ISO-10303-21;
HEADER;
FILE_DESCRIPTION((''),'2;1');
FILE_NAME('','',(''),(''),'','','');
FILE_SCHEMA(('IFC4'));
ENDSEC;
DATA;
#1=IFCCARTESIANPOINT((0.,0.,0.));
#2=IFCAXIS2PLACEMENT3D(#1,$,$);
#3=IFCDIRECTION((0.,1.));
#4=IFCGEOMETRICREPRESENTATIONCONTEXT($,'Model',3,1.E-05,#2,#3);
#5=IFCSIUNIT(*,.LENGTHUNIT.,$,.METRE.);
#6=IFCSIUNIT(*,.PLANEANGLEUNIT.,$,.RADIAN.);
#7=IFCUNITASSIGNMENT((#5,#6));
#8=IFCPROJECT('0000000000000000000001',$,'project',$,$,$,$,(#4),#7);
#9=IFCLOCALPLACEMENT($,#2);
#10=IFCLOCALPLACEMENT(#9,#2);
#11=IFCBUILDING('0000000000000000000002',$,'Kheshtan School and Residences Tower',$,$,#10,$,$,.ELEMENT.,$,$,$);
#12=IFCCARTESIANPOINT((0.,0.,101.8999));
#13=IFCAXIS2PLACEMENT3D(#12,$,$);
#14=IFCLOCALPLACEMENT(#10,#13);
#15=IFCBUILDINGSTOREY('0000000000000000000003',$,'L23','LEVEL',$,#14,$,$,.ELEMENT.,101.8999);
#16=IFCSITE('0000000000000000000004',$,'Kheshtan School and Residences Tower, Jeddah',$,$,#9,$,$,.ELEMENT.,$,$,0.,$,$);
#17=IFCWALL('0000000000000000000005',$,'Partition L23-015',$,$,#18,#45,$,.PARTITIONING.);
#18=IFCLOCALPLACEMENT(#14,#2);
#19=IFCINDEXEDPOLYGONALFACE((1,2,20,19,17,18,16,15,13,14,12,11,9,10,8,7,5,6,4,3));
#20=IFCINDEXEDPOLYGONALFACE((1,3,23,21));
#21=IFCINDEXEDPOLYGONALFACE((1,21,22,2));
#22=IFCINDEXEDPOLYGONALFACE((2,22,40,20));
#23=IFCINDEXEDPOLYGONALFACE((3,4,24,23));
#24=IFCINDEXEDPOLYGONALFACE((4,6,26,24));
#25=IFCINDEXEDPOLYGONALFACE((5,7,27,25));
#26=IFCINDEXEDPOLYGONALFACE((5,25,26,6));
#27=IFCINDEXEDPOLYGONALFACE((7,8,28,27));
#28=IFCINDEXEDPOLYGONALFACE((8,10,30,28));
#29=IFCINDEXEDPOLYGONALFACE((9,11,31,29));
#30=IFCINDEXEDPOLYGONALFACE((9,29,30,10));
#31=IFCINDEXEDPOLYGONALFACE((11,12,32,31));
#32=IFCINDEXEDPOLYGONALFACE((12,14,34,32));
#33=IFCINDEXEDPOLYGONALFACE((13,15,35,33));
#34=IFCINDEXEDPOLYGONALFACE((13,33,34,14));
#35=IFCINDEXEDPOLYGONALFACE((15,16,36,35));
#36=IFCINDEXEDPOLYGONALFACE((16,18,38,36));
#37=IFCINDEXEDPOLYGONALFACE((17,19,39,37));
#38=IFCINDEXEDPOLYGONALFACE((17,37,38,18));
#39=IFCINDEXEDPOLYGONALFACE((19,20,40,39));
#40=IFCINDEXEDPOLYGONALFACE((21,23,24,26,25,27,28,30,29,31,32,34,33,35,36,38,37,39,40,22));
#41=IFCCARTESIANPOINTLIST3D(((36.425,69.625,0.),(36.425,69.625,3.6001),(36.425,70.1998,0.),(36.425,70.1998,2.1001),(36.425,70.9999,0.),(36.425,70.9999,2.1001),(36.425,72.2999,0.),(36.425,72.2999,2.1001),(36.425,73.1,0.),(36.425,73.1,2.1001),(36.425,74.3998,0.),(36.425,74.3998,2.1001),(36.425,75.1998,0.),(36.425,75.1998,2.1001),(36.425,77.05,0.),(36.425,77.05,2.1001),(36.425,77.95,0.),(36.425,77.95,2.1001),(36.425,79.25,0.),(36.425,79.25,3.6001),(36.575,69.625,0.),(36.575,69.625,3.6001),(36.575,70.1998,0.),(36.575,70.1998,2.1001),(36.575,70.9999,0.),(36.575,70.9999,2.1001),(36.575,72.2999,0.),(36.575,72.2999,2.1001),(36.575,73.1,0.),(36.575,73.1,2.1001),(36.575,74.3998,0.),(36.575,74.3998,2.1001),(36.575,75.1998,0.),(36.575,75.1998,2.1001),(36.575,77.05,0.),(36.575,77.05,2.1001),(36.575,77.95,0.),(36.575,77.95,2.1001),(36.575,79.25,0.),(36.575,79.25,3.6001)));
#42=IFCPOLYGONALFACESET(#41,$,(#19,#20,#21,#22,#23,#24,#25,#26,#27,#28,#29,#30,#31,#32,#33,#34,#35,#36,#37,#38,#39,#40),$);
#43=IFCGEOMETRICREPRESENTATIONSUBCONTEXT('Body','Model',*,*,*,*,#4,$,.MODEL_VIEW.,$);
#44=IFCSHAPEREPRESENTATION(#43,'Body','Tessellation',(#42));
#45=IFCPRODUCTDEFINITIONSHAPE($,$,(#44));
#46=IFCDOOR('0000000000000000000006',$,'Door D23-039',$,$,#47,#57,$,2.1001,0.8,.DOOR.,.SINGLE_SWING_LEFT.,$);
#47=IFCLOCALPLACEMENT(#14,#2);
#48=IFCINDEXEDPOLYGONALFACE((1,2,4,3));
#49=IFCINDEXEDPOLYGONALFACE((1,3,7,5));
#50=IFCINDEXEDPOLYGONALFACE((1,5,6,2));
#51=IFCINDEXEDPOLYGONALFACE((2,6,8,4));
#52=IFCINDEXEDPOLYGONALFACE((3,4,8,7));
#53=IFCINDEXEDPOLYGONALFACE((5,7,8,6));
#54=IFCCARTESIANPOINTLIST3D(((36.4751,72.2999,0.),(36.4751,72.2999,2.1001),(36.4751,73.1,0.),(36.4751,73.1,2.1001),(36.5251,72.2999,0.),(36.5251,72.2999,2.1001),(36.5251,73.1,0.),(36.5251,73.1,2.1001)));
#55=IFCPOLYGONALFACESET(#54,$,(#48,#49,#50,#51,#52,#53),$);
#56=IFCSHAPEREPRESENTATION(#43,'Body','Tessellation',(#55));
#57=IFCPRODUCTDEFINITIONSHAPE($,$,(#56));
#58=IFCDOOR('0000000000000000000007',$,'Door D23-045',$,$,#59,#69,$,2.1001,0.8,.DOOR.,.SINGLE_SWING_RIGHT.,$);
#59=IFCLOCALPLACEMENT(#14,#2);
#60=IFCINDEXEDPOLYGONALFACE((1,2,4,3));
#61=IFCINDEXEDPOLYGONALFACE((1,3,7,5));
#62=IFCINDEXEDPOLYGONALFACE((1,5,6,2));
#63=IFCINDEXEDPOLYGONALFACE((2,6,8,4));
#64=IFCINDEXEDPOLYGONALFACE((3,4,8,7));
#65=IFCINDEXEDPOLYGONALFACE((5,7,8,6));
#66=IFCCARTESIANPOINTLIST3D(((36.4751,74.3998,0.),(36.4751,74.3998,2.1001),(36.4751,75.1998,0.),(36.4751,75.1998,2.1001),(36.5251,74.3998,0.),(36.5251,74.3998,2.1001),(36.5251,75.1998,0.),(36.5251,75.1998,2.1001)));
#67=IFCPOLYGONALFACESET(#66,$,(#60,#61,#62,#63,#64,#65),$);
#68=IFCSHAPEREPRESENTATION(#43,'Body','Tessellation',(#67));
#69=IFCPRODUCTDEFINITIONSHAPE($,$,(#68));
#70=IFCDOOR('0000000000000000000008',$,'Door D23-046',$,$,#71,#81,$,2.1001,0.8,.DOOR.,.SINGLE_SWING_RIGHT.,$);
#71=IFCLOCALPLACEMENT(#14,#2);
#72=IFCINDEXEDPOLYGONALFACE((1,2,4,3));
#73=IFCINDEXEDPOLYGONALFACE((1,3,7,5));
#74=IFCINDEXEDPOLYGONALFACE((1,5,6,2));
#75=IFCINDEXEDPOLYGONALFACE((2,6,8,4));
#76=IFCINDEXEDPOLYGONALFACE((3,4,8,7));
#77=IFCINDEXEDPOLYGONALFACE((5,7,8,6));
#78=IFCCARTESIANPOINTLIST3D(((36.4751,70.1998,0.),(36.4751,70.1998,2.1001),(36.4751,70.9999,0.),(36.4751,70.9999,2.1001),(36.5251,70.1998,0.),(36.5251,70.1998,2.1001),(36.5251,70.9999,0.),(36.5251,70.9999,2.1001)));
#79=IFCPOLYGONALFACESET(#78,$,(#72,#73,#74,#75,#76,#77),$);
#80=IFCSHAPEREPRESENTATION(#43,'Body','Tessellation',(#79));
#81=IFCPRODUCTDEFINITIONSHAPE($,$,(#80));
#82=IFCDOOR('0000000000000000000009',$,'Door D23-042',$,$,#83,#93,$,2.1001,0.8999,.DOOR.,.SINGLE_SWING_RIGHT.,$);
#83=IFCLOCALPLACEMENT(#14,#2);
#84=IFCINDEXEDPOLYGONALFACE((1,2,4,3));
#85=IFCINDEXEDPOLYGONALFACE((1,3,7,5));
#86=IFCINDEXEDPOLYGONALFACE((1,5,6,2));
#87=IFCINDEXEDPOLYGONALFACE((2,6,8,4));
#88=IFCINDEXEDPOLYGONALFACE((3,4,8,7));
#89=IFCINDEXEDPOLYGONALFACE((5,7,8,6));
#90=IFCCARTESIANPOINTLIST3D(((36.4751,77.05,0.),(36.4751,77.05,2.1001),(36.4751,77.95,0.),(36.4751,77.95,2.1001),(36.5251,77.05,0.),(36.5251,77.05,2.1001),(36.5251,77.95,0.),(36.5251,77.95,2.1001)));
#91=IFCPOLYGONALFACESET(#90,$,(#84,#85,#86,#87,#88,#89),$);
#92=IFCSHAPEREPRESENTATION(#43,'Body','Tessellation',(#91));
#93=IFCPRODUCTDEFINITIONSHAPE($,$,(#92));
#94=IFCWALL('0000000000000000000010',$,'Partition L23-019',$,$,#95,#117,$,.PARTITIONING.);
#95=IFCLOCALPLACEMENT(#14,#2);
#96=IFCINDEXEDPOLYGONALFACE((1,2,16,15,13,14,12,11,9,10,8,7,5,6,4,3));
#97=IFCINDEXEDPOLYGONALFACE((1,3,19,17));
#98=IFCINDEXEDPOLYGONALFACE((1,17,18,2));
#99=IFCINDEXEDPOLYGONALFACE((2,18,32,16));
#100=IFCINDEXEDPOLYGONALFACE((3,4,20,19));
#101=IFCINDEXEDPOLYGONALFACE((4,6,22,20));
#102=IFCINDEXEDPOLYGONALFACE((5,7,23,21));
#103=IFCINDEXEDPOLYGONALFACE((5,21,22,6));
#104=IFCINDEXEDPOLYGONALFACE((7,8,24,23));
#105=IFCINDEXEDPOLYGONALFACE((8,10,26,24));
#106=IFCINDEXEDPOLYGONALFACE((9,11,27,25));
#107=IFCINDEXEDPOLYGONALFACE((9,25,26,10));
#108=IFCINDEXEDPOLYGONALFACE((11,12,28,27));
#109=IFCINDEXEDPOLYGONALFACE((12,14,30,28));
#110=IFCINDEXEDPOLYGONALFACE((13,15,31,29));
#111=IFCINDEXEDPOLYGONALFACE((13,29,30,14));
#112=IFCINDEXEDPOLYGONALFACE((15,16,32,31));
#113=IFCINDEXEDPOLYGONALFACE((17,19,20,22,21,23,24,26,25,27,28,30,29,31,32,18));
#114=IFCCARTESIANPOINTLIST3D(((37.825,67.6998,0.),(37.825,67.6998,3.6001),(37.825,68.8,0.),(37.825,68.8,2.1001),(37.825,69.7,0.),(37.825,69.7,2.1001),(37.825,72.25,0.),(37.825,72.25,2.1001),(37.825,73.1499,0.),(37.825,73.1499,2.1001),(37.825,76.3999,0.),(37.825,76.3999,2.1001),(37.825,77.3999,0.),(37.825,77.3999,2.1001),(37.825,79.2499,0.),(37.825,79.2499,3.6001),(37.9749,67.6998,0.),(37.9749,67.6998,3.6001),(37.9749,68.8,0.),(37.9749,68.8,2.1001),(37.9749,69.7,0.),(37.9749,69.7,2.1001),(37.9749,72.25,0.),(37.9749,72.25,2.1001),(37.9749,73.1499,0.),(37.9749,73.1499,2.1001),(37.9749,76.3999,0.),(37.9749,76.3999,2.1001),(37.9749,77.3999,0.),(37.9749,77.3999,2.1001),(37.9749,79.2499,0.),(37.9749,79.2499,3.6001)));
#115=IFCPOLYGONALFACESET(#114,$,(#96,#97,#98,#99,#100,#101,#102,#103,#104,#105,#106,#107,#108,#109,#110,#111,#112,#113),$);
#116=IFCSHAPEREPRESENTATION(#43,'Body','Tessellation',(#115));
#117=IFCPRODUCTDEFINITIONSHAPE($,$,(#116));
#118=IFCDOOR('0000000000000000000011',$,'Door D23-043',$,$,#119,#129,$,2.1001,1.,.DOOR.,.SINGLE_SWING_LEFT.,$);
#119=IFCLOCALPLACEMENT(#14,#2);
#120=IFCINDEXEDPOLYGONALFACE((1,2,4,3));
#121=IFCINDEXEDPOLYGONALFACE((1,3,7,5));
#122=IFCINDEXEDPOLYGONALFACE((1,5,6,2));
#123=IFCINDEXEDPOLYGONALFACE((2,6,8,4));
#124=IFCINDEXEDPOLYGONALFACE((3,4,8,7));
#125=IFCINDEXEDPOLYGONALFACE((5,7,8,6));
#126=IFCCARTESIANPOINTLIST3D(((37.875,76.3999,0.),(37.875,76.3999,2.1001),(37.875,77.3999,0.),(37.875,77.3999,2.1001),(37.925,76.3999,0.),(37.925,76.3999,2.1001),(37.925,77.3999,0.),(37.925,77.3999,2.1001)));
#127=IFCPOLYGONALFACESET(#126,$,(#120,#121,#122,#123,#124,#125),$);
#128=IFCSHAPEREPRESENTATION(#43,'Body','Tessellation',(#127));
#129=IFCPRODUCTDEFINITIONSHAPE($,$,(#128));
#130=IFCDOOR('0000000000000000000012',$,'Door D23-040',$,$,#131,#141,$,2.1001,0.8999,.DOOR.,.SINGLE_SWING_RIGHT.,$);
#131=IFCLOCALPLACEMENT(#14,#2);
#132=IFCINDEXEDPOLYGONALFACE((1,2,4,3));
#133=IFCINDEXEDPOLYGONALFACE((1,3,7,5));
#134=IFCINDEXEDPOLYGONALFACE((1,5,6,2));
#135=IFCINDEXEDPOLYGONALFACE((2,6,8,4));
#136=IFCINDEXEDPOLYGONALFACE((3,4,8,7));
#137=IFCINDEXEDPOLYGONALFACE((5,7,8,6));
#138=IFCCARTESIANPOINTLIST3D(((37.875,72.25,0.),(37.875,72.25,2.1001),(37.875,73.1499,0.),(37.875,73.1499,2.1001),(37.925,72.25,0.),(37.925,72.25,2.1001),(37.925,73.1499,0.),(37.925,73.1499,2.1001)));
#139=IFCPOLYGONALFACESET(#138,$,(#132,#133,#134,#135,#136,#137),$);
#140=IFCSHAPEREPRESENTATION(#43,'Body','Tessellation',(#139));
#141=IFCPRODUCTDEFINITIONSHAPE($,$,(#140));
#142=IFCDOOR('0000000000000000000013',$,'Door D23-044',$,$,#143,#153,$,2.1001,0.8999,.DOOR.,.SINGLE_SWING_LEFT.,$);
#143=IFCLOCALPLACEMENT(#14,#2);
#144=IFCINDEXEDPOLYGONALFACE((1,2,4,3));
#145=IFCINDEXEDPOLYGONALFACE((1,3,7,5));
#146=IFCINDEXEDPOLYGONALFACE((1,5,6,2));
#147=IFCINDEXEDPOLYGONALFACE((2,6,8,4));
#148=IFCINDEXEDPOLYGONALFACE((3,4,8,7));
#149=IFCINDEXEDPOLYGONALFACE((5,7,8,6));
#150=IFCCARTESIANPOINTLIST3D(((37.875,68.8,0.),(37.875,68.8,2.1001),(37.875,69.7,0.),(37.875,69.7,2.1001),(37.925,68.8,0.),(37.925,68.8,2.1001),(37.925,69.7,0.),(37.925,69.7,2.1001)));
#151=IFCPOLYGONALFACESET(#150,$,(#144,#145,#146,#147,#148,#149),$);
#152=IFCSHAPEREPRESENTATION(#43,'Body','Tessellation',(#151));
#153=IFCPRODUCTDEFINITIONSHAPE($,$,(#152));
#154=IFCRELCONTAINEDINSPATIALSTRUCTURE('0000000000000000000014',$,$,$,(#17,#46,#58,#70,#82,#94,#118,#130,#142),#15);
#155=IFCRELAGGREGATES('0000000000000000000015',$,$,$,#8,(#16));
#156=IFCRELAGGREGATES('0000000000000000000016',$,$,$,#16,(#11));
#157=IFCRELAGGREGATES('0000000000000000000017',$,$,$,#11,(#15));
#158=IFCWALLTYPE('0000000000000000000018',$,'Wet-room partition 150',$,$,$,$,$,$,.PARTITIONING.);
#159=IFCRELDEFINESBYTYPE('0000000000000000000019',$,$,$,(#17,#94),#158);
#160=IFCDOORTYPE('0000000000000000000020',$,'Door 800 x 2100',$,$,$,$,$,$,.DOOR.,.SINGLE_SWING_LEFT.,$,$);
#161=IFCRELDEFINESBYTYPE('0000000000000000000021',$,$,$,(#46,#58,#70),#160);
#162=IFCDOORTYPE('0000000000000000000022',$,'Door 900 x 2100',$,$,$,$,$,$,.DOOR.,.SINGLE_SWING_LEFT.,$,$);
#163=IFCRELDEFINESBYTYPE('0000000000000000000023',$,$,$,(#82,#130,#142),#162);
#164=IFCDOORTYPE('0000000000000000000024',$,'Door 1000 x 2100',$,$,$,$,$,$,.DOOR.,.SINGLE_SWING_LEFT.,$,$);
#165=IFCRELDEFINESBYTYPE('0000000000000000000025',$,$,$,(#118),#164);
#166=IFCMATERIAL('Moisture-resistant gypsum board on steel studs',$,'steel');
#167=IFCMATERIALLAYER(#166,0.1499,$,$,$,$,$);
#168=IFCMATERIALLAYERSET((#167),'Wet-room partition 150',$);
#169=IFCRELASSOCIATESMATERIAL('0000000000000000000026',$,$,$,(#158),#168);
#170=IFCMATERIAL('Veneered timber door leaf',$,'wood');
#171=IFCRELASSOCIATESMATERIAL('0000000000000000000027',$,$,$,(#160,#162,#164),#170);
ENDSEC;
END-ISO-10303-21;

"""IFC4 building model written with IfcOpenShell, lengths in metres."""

from ifc_helpers import new_model, si_unit, direction, frame, frame_2d, origin, place, context, subcontext, project, spatial, rectangle, extrude, source, transform, mapped, material, layer, layer_set, type_object, element, fill, save


model = new_model("IFC4")

# Units and contexts
model_context = context("Model", 3, precision=1e-05, world=origin(), true_north=direction((0.0, 1.0)))
body_context = subcontext(model_context, "Body", "Model", "MODEL_VIEW")
ifc_project = project(units=[si_unit("LENGTHUNIT", "METRE"), si_unit("PLANEANGLEUNIT", "RADIAN")], contexts=[model_context])

# Site, building, storey
site_placement = place(None, origin())
site = spatial("IfcSite", under=ifc_project, at=site_placement, Name="Kheshtan School and Residences Tower, Jeddah", CompositionType="ELEMENT", RefElevation=0.0)
building_placement = place(site_placement, origin())
building = spatial("IfcBuilding", under=site, at=building_placement, Name="Kheshtan School and Residences Tower", CompositionType="ELEMENT")
storey_placement = place(building_placement, frame((0.0, 0.0, 101.8999)))
storey = spatial("IfcBuildingStorey", under=building, at=storey_placement, Name="L23", Description="LEVEL", CompositionType="ELEMENT", Elevation=101.8999)

# Shared definitions
ifc_material_1 = material(Name="Moisture-resistant gypsum board on steel studs", Category="steel")
ifc_layer_1 = layer(ifc_material_1, 0.1499)
ifc_layer_set_1 = layer_set([ifc_layer_1], Name="Wet-room partition 150")
wall_type_1 = type_object("IfcWallType", Name="Wet-room partition 150", PredefinedType="PARTITIONING", material=ifc_layer_set_1)

# Walls, openings, doors
wall_1_placement = place(storey_placement, frame((36.5, 69.625, 0.0), z_axis=(0.0, 0.0, 1.0), x_axis=(0.0, 1.0, 0.0)))
wall_1 = element("IfcWall", 1, at=wall_1_placement, inside=storey, type_object=wall_type_1, Name="Partition L23-015", PredefinedType="PARTITIONING", context=body_context, shape_type="SweptSolid", body=[
    extrude(rectangle(XDim=9.625, YDim=0.1499, at=frame_2d((4.8125, 0.0))), origin(), (0.0, 0.0, 1.0), 3.6001),
])
opening_1_placement = place(wall_1_placement, frame((2.675, 0.0, 0.0)))
opening_1 = element("IfcOpeningElement", 2, at=opening_1_placement, cuts=wall_1, PredefinedType="OPENING", context=body_context, shape_type="SweptSolid", body=[
    extrude(rectangle(XDim=0.8, YDim=2.1001, at=frame_2d((0.3999, 1.05))), frame((0.0, 0.085, 0.0), z_axis=(0.0, -1.0, 0.0), x_axis=(1.0, 0.0, 0.0)), (0.0, 0.0, 1.0), 0.1699),
])
opening_2_placement = place(wall_1_placement, frame((7.425, 0.0, 0.0)))
opening_2 = element("IfcOpeningElement", 3, at=opening_2_placement, cuts=wall_1, PredefinedType="OPENING", context=body_context, shape_type="SweptSolid", body=[
    extrude(rectangle(XDim=0.8999, YDim=2.1001, at=frame_2d((0.45, 1.05))), frame((0.0, 0.085, 0.0), z_axis=(0.0, -1.0, 0.0), x_axis=(1.0, 0.0, 0.0)), (0.0, 0.0, 1.0), 0.1699),
])
opening_3_placement = place(wall_1_placement, frame((4.7749, 0.0, 0.0)))
opening_3 = element("IfcOpeningElement", 4, at=opening_3_placement, cuts=wall_1, PredefinedType="OPENING", context=body_context, shape_type="SweptSolid", body=[
    extrude(rectangle(XDim=0.8, YDim=2.1001, at=frame_2d((0.3999, 1.05))), frame((0.0, 0.085, 0.0), z_axis=(0.0, -1.0, 0.0), x_axis=(1.0, 0.0, 0.0)), (0.0, 0.0, 1.0), 0.1699),
])
opening_4_placement = place(wall_1_placement, frame((0.575, 0.0, 0.0)))
opening_4 = element("IfcOpeningElement", 5, at=opening_4_placement, cuts=wall_1, PredefinedType="OPENING", context=body_context, shape_type="SweptSolid", body=[
    extrude(rectangle(XDim=0.8, YDim=2.1001, at=frame_2d((0.3999, 1.05))), frame((0.0, 0.085, 0.0), z_axis=(0.0, -1.0, 0.0), x_axis=(1.0, 0.0, 0.0)), (0.0, 0.0, 1.0), 0.1699),
])
ifc_material_2 = material(Name="Veneered timber door leaf", Category="wood")
door_type_1 = type_object("IfcDoorType", Name="Door 800 x 2100", OperationType="SINGLE_SWING_LEFT", PredefinedType="DOOR", material=ifc_material_2)
shared_shape_1 = source(origin(), body_context, "Body", "SweptSolid", [
    extrude(rectangle(XDim=0.8, YDim=2.1001, at=frame_2d((0.3999, 1.05))), frame((0.0, 0.0249, 0.0), z_axis=(0.0, -1.0, 0.0), x_axis=(1.0, 0.0, 0.0)), (0.0, 0.0, 1.0), 0.05),
])
door_1_placement = place(opening_1_placement, origin())
door_1 = element("IfcDoor", 6, at=door_1_placement, inside=storey, type_object=door_type_1, Name="Door D23-039", OperationType="SINGLE_SWING_LEFT", OverallHeight=2.1001, OverallWidth=0.8, PredefinedType="DOOR", context=body_context, shape_type="MappedRepresentation", body=[
    mapped(shared_shape_1, transform((0.0, 0.0, 0.0), x_axis=(1.0, 0.0, 0.0), y_axis=(0.0, 1.0, 0.0), z_axis=(0.0, 0.0, 1.0), scale=1.0)),
])
fill(opening_1, door_1)
door_2_placement = place(opening_3_placement, origin())
door_2 = element("IfcDoor", 7, at=door_2_placement, inside=storey, type_object=door_type_1, Name="Door D23-045", OperationType="SINGLE_SWING_RIGHT", OverallHeight=2.1001, OverallWidth=0.8, PredefinedType="DOOR", context=body_context, shape_type="MappedRepresentation", body=[
    mapped(shared_shape_1, transform((0.0, 0.0, 0.0), x_axis=(1.0, 0.0, 0.0), y_axis=(0.0, 1.0, 0.0), z_axis=(0.0, 0.0, 1.0), scale=1.0)),
])
fill(opening_3, door_2)
door_3_placement = place(opening_4_placement, origin())
door_3 = element("IfcDoor", 8, at=door_3_placement, inside=storey, type_object=door_type_1, Name="Door D23-046", OperationType="SINGLE_SWING_RIGHT", OverallHeight=2.1001, OverallWidth=0.8, PredefinedType="DOOR", context=body_context, shape_type="MappedRepresentation", body=[
    mapped(shared_shape_1, transform((0.0, 0.0, 0.0), x_axis=(1.0, 0.0, 0.0), y_axis=(0.0, 1.0, 0.0), z_axis=(0.0, 0.0, 1.0), scale=1.0)),
])
fill(opening_4, door_3)
door_type_2 = type_object("IfcDoorType", Name="Door 900 x 2100", OperationType="SINGLE_SWING_LEFT", PredefinedType="DOOR", material=ifc_material_2)
shared_shape_2 = source(origin(), body_context, "Body", "SweptSolid", [
    extrude(rectangle(XDim=0.8999, YDim=2.1001, at=frame_2d((0.45, 1.05))), frame((0.0, 0.0249, 0.0), z_axis=(0.0, -1.0, 0.0), x_axis=(1.0, 0.0, 0.0)), (0.0, 0.0, 1.0), 0.05),
])
door_4_placement = place(opening_2_placement, origin())
door_4 = element("IfcDoor", 9, at=door_4_placement, inside=storey, type_object=door_type_2, Name="Door D23-042", OperationType="SINGLE_SWING_RIGHT", OverallHeight=2.1001, OverallWidth=0.8999, PredefinedType="DOOR", context=body_context, shape_type="MappedRepresentation", body=[
    mapped(shared_shape_2, transform((0.0, 0.0, 0.0), x_axis=(1.0, 0.0, 0.0), y_axis=(0.0, 1.0, 0.0), z_axis=(0.0, 0.0, 1.0), scale=1.0)),
])
fill(opening_2, door_4)
wall_2_placement = place(storey_placement, frame((37.8999, 67.7, 0.0), z_axis=(0.0, 0.0, 1.0), x_axis=(0.0, 1.0, 0.0)))
wall_2 = element("IfcWall", 10, at=wall_2_placement, inside=storey, type_object=wall_type_1, Name="Partition L23-019", PredefinedType="PARTITIONING", context=body_context, shape_type="SweptSolid", body=[
    extrude(rectangle(XDim=11.55, YDim=0.1499, at=frame_2d((5.7749, 0.0))), origin(), (0.0, 0.0, 1.0), 3.6001),
])
opening_5_placement = place(wall_2_placement, frame((4.55, 0.0, 0.0)))
opening_5 = element("IfcOpeningElement", 11, at=opening_5_placement, cuts=wall_2, PredefinedType="OPENING", context=body_context, shape_type="SweptSolid", body=[
    extrude(rectangle(XDim=0.8999, YDim=2.1001, at=frame_2d((0.45, 1.05))), frame((0.0, 0.085, 0.0), z_axis=(0.0, -1.0, 0.0), x_axis=(1.0, 0.0, 0.0)), (0.0, 0.0, 1.0), 0.1699),
])
opening_6_placement = place(wall_2_placement, frame((8.7, 0.0, 0.0)))
opening_6 = element("IfcOpeningElement", 12, at=opening_6_placement, cuts=wall_2, PredefinedType="OPENING", context=body_context, shape_type="SweptSolid", body=[
    extrude(rectangle(XDim=1.0, YDim=2.1001, at=frame_2d((0.5, 1.05))), frame((0.0, 0.085, 0.0), z_axis=(0.0, -1.0, 0.0), x_axis=(1.0, 0.0, 0.0)), (0.0, 0.0, 1.0), 0.1699),
])
opening_7_placement = place(wall_2_placement, frame((1.1001, 0.0, 0.0)))
opening_7 = element("IfcOpeningElement", 13, at=opening_7_placement, cuts=wall_2, PredefinedType="OPENING", context=body_context, shape_type="SweptSolid", body=[
    extrude(rectangle(XDim=0.8999, YDim=2.1001, at=frame_2d((0.45, 1.05))), frame((0.0, 0.085, 0.0), z_axis=(0.0, -1.0, 0.0), x_axis=(1.0, 0.0, 0.0)), (0.0, 0.0, 1.0), 0.1699),
])
door_type_3 = type_object("IfcDoorType", Name="Door 1000 x 2100", OperationType="SINGLE_SWING_LEFT", PredefinedType="DOOR", material=ifc_material_2)
shared_shape_3 = source(origin(), body_context, "Body", "SweptSolid", [
    extrude(rectangle(XDim=1.0, YDim=2.1001, at=frame_2d((0.5, 1.05))), frame((0.0, 0.0249, 0.0), z_axis=(0.0, -1.0, 0.0), x_axis=(1.0, 0.0, 0.0)), (0.0, 0.0, 1.0), 0.05),
])
door_5_placement = place(opening_6_placement, origin())
door_5 = element("IfcDoor", 14, at=door_5_placement, inside=storey, type_object=door_type_3, Name="Door D23-043", OperationType="SINGLE_SWING_LEFT", OverallHeight=2.1001, OverallWidth=1.0, PredefinedType="DOOR", context=body_context, shape_type="MappedRepresentation", body=[
    mapped(shared_shape_3, transform((0.0, 0.0, 0.0), x_axis=(1.0, 0.0, 0.0), y_axis=(0.0, 1.0, 0.0), z_axis=(0.0, 0.0, 1.0), scale=1.0)),
])
fill(opening_6, door_5)
door_6_placement = place(opening_5_placement, origin())
door_6 = element("IfcDoor", 15, at=door_6_placement, inside=storey, type_object=door_type_2, Name="Door D23-040", OperationType="SINGLE_SWING_RIGHT", OverallHeight=2.1001, OverallWidth=0.8999, PredefinedType="DOOR", context=body_context, shape_type="MappedRepresentation", body=[
    mapped(shared_shape_2, transform((0.0, 0.0, 0.0), x_axis=(1.0, 0.0, 0.0), y_axis=(0.0, 1.0, 0.0), z_axis=(0.0, 0.0, 1.0), scale=1.0)),
])
fill(opening_5, door_6)
door_7_placement = place(opening_7_placement, origin())
door_7 = element("IfcDoor", 16, at=door_7_placement, inside=storey, type_object=door_type_2, Name="Door D23-044", OperationType="SINGLE_SWING_LEFT", OverallHeight=2.1001, OverallWidth=0.8999, PredefinedType="DOOR", context=body_context, shape_type="MappedRepresentation", body=[
    mapped(shared_shape_2, transform((0.0, 0.0, 0.0), x_axis=(1.0, 0.0, 0.0), y_axis=(0.0, 1.0, 0.0), z_axis=(0.0, 0.0, 1.0), scale=1.0)),
])
fill(opening_7, door_7)

save(model, "model.ifc")
